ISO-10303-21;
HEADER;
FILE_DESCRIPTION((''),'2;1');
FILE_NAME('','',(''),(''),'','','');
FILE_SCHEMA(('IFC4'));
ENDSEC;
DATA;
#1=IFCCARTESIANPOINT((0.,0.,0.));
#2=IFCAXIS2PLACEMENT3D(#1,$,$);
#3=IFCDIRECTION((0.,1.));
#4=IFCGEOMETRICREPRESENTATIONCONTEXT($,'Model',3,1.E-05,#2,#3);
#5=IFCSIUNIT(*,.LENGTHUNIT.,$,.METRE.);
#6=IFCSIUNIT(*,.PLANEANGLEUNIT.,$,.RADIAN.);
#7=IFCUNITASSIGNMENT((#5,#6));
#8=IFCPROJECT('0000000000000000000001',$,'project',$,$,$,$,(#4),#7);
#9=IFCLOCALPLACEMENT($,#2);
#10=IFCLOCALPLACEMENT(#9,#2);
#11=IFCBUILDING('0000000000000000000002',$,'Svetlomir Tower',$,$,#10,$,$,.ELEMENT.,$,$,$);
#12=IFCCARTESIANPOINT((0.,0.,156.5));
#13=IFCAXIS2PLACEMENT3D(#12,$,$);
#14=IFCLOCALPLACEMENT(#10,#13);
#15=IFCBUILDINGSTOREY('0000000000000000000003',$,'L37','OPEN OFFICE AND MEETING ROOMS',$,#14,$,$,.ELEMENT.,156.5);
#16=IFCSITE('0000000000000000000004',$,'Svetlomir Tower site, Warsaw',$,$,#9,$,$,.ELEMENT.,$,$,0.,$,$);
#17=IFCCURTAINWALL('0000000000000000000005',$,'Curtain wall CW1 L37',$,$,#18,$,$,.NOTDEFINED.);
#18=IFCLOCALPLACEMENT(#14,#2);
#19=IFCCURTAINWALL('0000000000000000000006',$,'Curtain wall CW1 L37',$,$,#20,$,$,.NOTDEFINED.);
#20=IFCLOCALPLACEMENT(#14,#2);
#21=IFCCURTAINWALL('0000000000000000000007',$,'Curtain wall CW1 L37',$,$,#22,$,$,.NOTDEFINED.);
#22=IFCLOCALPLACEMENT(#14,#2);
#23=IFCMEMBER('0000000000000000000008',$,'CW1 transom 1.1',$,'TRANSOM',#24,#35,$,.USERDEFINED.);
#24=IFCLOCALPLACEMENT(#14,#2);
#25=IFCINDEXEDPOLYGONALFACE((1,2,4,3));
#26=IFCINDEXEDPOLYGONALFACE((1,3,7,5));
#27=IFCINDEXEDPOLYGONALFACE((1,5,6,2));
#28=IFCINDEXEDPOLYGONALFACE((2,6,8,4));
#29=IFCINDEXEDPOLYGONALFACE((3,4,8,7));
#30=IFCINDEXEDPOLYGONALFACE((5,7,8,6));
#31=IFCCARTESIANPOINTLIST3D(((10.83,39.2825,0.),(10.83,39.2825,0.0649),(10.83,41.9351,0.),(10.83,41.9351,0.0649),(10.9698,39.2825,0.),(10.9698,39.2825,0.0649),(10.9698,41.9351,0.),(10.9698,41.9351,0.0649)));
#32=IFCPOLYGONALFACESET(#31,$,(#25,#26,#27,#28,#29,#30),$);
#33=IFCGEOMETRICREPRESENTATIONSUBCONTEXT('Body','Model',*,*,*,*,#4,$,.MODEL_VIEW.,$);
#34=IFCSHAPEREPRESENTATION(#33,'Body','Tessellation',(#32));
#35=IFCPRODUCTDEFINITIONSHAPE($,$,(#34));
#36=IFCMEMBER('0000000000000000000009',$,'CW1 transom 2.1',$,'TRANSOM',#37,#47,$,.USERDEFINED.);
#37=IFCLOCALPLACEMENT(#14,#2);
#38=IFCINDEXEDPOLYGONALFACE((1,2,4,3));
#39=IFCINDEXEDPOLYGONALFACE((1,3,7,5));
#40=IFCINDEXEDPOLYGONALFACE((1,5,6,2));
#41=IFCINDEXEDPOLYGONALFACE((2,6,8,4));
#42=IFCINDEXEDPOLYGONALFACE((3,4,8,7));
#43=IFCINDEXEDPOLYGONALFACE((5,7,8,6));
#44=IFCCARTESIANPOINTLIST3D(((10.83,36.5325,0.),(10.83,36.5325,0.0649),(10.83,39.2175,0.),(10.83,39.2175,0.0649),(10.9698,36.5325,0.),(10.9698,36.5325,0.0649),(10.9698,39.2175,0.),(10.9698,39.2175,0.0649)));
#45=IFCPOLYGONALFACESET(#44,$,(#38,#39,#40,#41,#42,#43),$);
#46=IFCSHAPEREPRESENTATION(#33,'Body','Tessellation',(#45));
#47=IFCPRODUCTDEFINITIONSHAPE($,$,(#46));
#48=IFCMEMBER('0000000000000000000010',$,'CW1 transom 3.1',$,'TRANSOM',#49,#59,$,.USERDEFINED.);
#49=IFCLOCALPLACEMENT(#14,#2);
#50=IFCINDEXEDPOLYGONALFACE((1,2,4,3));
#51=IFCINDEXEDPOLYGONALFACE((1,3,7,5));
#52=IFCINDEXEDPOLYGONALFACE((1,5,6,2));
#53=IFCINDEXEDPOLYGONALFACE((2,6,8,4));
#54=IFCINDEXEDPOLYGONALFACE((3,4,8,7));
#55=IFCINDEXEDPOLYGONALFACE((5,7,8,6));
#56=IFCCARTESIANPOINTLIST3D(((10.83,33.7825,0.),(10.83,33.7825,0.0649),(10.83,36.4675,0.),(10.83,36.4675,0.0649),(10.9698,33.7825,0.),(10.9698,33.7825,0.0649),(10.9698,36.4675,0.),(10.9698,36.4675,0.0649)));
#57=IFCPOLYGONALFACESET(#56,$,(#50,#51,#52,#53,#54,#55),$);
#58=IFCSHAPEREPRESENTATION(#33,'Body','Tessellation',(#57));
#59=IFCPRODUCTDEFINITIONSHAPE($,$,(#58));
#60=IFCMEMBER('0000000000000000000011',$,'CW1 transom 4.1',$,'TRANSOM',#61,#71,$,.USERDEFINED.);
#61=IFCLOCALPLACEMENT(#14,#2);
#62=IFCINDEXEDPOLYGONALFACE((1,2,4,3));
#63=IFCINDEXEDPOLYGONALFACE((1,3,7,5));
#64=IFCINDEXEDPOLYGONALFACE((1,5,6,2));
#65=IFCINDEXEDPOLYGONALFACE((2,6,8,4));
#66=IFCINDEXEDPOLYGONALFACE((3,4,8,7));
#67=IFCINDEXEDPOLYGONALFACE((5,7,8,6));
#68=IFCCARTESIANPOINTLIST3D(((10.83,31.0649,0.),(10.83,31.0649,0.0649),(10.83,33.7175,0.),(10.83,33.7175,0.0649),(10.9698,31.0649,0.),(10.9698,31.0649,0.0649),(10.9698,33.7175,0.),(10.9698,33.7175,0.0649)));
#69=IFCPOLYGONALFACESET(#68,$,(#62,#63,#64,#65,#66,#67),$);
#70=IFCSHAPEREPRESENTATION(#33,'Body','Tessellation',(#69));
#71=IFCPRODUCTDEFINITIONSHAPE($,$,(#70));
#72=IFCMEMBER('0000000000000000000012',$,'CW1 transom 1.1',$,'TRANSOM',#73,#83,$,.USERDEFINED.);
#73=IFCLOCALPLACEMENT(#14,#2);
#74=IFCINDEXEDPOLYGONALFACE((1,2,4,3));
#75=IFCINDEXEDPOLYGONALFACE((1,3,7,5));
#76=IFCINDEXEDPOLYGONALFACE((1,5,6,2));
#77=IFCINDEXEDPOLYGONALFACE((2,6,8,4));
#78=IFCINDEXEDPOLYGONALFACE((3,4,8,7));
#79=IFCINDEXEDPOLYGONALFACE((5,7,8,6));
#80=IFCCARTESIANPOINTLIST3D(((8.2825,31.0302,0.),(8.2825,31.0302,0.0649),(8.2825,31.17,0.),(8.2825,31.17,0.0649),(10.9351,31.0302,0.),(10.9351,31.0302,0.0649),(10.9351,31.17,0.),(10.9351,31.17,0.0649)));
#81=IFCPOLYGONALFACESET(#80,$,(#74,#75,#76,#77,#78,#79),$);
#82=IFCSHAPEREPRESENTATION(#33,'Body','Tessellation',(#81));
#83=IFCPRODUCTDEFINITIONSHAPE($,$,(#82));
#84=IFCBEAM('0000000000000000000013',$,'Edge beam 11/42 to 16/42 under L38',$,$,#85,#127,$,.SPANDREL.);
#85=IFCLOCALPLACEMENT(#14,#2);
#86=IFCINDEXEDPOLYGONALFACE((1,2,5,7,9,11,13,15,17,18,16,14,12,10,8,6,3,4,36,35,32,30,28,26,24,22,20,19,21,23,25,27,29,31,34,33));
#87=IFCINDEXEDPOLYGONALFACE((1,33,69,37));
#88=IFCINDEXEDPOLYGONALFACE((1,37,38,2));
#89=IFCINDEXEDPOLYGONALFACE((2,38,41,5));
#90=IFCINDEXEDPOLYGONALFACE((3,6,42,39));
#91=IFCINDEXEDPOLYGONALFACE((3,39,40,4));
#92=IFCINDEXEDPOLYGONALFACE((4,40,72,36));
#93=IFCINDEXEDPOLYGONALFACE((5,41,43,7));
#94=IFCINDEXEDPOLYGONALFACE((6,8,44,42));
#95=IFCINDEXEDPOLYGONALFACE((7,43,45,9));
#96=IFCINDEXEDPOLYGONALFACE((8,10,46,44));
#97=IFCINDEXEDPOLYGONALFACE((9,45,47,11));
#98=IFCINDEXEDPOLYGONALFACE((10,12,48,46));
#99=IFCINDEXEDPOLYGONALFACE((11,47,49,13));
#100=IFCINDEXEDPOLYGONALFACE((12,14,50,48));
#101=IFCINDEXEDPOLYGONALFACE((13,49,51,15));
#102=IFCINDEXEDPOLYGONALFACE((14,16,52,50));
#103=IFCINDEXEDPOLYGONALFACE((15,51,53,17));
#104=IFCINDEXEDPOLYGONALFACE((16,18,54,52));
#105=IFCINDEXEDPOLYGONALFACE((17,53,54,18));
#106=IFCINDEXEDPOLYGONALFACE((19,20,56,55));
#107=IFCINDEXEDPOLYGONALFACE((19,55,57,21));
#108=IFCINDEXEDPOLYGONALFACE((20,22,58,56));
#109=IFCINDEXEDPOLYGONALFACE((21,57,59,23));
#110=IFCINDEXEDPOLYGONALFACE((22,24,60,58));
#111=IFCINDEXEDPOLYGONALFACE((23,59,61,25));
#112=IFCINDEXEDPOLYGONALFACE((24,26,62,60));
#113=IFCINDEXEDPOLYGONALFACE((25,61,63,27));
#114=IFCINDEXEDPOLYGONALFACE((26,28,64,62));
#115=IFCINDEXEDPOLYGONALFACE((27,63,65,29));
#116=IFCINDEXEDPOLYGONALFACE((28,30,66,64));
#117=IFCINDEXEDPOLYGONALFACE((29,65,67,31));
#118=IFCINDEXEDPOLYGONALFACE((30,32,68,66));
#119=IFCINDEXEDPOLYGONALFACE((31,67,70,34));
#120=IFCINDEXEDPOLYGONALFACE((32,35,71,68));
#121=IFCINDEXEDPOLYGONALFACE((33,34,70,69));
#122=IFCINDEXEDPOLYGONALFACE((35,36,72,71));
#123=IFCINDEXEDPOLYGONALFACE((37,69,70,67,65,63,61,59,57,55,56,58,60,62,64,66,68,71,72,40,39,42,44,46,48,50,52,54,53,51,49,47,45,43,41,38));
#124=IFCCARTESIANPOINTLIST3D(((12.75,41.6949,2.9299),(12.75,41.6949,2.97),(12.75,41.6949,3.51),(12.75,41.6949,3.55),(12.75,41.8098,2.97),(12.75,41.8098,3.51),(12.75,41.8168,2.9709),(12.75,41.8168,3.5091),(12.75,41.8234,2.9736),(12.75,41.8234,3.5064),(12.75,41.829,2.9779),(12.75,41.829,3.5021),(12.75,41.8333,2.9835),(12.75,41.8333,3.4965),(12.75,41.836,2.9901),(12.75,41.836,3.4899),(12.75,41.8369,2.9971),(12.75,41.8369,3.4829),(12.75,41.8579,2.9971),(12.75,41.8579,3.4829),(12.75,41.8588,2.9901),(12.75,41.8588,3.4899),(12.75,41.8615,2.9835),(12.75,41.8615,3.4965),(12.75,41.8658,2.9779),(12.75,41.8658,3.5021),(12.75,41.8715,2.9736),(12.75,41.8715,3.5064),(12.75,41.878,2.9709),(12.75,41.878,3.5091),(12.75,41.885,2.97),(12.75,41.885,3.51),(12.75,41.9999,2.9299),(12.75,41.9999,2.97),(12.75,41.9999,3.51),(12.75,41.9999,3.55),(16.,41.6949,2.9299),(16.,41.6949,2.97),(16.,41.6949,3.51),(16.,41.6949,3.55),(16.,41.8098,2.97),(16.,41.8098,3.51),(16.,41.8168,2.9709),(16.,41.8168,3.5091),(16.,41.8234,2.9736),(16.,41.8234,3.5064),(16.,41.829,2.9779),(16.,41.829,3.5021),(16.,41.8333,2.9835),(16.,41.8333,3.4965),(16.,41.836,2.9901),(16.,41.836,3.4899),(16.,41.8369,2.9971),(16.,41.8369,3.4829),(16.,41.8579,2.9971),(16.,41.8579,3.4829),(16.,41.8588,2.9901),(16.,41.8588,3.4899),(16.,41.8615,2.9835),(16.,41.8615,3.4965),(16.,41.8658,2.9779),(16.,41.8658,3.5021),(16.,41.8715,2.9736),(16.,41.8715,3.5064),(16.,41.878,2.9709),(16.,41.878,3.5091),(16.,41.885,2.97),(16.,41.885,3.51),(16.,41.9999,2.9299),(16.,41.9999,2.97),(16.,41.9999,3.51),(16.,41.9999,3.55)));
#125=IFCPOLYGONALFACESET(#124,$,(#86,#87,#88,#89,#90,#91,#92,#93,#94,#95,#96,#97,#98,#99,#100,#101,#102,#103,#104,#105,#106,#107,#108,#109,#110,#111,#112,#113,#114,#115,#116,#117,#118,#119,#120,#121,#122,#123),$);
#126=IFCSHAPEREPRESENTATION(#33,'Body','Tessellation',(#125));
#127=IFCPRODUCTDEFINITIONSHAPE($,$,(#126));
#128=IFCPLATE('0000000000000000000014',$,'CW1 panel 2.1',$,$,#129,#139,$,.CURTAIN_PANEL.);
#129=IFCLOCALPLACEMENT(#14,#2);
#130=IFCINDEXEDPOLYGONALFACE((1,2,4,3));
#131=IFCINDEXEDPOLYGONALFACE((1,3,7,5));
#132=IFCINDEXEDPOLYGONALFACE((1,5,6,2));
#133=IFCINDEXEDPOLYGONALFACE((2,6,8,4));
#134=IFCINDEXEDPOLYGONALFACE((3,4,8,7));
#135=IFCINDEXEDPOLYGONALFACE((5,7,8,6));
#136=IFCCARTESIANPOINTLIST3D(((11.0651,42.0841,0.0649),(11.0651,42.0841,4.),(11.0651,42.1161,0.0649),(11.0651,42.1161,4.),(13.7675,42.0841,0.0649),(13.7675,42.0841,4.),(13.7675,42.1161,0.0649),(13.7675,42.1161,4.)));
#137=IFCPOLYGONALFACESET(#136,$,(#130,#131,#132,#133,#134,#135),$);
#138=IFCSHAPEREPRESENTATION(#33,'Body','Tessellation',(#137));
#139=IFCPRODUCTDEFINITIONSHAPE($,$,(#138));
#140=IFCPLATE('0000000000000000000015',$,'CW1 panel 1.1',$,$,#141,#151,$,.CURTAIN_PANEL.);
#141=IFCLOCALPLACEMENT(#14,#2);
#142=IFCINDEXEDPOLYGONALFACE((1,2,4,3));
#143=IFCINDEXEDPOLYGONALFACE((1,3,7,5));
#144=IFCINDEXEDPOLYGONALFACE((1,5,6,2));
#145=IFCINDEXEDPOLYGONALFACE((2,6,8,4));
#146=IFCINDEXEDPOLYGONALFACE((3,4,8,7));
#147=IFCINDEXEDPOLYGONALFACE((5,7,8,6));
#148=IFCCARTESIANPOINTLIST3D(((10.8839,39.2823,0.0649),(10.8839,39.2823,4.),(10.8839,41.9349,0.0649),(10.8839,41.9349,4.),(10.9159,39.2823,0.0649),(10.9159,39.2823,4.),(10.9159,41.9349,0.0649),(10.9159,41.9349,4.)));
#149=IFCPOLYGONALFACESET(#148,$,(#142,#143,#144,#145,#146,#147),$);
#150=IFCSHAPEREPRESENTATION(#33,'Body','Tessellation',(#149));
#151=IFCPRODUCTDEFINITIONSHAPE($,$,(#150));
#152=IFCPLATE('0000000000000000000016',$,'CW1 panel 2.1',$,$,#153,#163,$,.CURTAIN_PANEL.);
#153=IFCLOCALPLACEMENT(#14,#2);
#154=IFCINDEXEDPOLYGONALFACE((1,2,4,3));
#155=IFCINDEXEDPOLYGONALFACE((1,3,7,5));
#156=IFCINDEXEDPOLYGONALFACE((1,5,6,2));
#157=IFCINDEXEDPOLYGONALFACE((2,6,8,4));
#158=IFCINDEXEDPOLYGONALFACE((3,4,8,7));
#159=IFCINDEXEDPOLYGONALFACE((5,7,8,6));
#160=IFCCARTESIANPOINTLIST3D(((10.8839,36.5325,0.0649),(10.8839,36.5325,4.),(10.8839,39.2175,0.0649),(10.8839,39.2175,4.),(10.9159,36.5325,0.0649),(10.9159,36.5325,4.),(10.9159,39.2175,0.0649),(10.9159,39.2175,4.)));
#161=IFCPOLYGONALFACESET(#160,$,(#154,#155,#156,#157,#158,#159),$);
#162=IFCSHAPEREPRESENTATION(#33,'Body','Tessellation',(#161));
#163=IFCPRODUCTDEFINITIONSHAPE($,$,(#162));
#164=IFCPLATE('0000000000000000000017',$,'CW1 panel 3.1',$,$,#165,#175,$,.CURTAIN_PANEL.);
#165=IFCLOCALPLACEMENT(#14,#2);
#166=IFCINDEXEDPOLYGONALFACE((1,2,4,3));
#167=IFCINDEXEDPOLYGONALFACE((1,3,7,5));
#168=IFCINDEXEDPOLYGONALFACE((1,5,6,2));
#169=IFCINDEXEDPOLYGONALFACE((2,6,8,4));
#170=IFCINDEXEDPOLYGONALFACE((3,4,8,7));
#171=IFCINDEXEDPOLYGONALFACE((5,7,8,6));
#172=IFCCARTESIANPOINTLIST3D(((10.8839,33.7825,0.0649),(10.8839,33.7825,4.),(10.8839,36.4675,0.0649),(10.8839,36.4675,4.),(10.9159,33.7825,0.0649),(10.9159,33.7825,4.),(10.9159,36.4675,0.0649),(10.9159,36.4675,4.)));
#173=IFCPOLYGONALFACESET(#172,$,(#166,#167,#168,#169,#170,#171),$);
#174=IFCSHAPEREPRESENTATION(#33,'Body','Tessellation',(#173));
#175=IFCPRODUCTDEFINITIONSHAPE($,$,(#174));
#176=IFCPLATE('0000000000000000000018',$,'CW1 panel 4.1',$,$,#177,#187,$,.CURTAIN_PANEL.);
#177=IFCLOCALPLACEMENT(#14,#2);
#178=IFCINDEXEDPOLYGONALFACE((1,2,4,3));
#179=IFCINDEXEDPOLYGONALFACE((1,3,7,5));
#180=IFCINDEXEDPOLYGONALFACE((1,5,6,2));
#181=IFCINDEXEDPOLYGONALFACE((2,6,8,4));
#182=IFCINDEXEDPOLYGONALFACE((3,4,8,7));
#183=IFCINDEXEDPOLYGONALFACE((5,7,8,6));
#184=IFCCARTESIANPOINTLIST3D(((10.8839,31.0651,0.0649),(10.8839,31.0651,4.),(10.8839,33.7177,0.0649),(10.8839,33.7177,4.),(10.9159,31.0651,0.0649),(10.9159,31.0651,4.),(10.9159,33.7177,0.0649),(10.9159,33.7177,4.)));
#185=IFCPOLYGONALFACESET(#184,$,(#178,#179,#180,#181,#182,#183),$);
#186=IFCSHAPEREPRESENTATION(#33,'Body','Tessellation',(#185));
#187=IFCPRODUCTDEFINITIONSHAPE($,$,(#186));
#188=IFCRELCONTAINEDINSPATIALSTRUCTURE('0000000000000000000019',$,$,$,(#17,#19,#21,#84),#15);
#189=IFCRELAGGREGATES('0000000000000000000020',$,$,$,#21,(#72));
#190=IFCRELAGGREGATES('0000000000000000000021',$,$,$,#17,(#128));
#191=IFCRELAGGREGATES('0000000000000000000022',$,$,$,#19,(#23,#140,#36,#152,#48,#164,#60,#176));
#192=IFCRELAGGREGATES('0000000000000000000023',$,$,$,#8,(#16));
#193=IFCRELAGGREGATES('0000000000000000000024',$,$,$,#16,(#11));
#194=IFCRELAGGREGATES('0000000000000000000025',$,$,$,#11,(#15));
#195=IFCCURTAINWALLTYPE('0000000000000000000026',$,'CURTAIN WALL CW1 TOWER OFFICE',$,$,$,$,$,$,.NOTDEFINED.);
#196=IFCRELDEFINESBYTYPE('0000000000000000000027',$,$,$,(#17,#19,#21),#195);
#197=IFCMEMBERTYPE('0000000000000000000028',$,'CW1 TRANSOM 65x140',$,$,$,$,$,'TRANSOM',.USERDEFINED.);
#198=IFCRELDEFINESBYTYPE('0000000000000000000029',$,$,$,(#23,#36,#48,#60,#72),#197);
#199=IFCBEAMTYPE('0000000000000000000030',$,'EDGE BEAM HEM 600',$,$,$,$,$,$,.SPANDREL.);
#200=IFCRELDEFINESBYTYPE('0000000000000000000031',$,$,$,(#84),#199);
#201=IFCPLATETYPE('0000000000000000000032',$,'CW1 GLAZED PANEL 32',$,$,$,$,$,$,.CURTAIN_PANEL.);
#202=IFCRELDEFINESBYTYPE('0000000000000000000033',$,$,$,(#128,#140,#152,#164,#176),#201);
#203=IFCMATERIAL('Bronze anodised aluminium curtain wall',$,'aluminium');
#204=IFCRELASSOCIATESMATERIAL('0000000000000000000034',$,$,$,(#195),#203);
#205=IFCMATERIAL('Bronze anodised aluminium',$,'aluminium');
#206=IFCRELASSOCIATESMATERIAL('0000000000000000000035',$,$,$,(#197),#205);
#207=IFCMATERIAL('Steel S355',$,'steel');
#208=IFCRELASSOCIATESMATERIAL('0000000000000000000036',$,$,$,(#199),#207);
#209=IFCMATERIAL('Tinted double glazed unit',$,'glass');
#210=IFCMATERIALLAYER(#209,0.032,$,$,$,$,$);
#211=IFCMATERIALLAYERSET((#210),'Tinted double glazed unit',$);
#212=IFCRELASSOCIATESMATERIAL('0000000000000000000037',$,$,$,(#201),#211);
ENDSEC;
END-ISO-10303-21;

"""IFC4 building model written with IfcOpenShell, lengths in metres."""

from ifc_helpers import new_model, si_unit, direction, frame, origin, origin_2d, place, context, subcontext, project, spatial, rectangle, i_section, extrude, material, layer, layer_set, material_profile, profile_set, type_object, element, aggregate, save


model = new_model("IFC4")

# Units and contexts
model_context = context("Model", 3, precision=1e-05, world=origin(), true_north=direction((0.0, 1.0)))
body_context = subcontext(model_context, "Body", "Model", "MODEL_VIEW")
ifc_project = project(units=[si_unit("LENGTHUNIT", "METRE"), si_unit("PLANEANGLEUNIT", "RADIAN")], contexts=[model_context])

# Site, building, storey
site_placement = place(None, origin())
site = spatial("IfcSite", under=ifc_project, at=site_placement, Name="Svetlomir Tower site, Warsaw", CompositionType="ELEMENT", RefElevation=0.0)
building_placement = place(site_placement, origin())
building = spatial("IfcBuilding", under=site, at=building_placement, Name="Svetlomir Tower", CompositionType="ELEMENT")
storey_placement = place(building_placement, frame((0.0, 0.0, 156.5)))
storey = spatial("IfcBuildingStorey", under=building, at=storey_placement, Name="L37", Description="OPEN OFFICE AND MEETING ROOMS", CompositionType="ELEMENT", Elevation=156.5)

# Curtain wall
ifc_material_1 = material(Name="Bronze anodised aluminium curtain wall", Category="aluminium")
curtain_wall_type = type_object("IfcCurtainWallType", Name="CURTAIN WALL CW1 TOWER OFFICE", PredefinedType="NOTDEFINED", material=ifc_material_1)
curtain_wall_1_placement = place(storey_placement, origin())
curtain_wall_1 = element("IfcCurtainWall", 1, at=curtain_wall_1_placement, inside=storey, type_object=curtain_wall_type, Name="Curtain wall CW1 L37", PredefinedType="NOTDEFINED")

# Curtain walls
curtain_wall_2_placement = place(storey_placement, origin())
curtain_wall_2 = element("IfcCurtainWall", 2, at=curtain_wall_2_placement, inside=storey, type_object=curtain_wall_type, Name="Curtain wall CW1 L37", PredefinedType="NOTDEFINED")
curtain_wall_3_placement = place(storey_placement, origin())
curtain_wall_3 = element("IfcCurtainWall", 3, at=curtain_wall_3_placement, inside=storey, type_object=curtain_wall_type, Name="Curtain wall CW1 L37", PredefinedType="NOTDEFINED")

# Members
ifc_material_2 = material(Name="Bronze anodised aluminium", Category="aluminium")
ifc_material_profile_1 = material_profile(ifc_material_2, rectangle(XDim=0.1399, YDim=0.0649, at=origin_2d()), Name="AL 140x65")
ifc_profile_set_1 = profile_set([ifc_material_profile_1], Name="Bronze anodised aluminium 6063-T6")
member_type_1 = type_object("IfcMemberType", Name="CW1 TRANSOM 65x140", ElementType="TRANSOM", PredefinedType="USERDEFINED", material=ifc_profile_set_1)
member_1_placement = place(storey_placement, frame((10.8999, 41.9351, 0.0325), z_axis=(0.0, -1.0, 0.0), x_axis=(1.0, 0.0, 0.0)))
member_1 = element("IfcMember", 4, at=member_1_placement, type_object=member_type_1, Name="CW1 transom 1.1", ObjectType="TRANSOM", PredefinedType="USERDEFINED", context=body_context, shape_type="SweptSolid", body=[
    extrude(rectangle(XDim=0.1399, YDim=0.0649, at=origin_2d()), origin(), (0.0, 0.0, 1.0), 2.6526),
])
member_2_placement = place(storey_placement, frame((10.8999, 39.2175, 0.0325), z_axis=(0.0, -1.0, 0.0), x_axis=(1.0, 0.0, 0.0)))
member_2 = element("IfcMember", 5, at=member_2_placement, type_object=member_type_1, Name="CW1 transom 2.1", ObjectType="TRANSOM", PredefinedType="USERDEFINED", context=body_context, shape_type="SweptSolid", body=[
    extrude(rectangle(XDim=0.1399, YDim=0.0649, at=origin_2d()), origin(), (0.0, 0.0, 1.0), 2.6851),
])
member_3_placement = place(storey_placement, frame((10.8999, 36.4675, 0.0325), z_axis=(0.0, -1.0, 0.0), x_axis=(1.0, 0.0, 0.0)))
member_3 = element("IfcMember", 6, at=member_3_placement, type_object=member_type_1, Name="CW1 transom 3.1", ObjectType="TRANSOM", PredefinedType="USERDEFINED", context=body_context, shape_type="SweptSolid", body=[
    extrude(rectangle(XDim=0.1399, YDim=0.0649, at=origin_2d()), origin(), (0.0, 0.0, 1.0), 2.6851),
])
member_4_placement = place(storey_placement, frame((10.8999, 33.7175, 0.0325), z_axis=(0.0, -1.0, 0.0), x_axis=(1.0, 0.0, 0.0)))
member_4 = element("IfcMember", 7, at=member_4_placement, type_object=member_type_1, Name="CW1 transom 4.1", ObjectType="TRANSOM", PredefinedType="USERDEFINED", context=body_context, shape_type="SweptSolid", body=[
    extrude(rectangle(XDim=0.1399, YDim=0.0649, at=origin_2d()), origin(), (0.0, 0.0, 1.0), 2.6526),
])
member_5_placement = place(storey_placement, frame((10.9351, 31.1001, 0.0325), z_axis=(-1.0, 0.0, 0.0), x_axis=(0.0, -1.0, 0.0)))
member_5 = element("IfcMember", 8, at=member_5_placement, type_object=member_type_1, Name="CW1 transom 1.1", ObjectType="TRANSOM", PredefinedType="USERDEFINED", context=body_context, shape_type="SweptSolid", body=[
    extrude(rectangle(XDim=0.1399, YDim=0.0649, at=origin_2d()), origin(), (0.0, 0.0, 1.0), 2.6526),
])
aggregate(curtain_wall_3, [member_5])

# Beam
ifc_material_3 = material(Name="Steel S355", Category="steel")
ifc_material_profile_2 = material_profile(ifc_material_3, i_section(OverallWidth=0.3049, OverallDepth=0.6201, WebThickness=0.021, FlangeThickness=0.04, FilletRadius=0.0271, at=origin_2d()), Name="HEM 600")
ifc_profile_set_2 = profile_set([ifc_material_profile_2], Name="Steel S355")
beam_type = type_object("IfcBeamType", Name="EDGE BEAM HEM 600", PredefinedType="SPANDREL", material=ifc_profile_set_2)
beam_placement = place(storey_placement, frame((12.75, 41.8474, 3.24), z_axis=(1.0, 0.0, 0.0), x_axis=(0.0, 1.0, 0.0)))
element("IfcBeam", 9, at=beam_placement, inside=storey, type_object=beam_type, Name="Edge beam 11/42 to 16/42 under L38", PredefinedType="SPANDREL", context=body_context, shape_type="SweptSolid", body=[
    extrude(i_section(OverallWidth=0.3049, OverallDepth=0.6201, WebThickness=0.021, FlangeThickness=0.04, FilletRadius=0.0271, at=origin_2d()), origin(), (0.0, 0.0, 1.0), 3.25),
])

# Plates
ifc_material_4 = material(Name="Tinted double glazed unit", Category="glass")
ifc_layer_1 = layer(ifc_material_4, 0.032)
ifc_layer_set_1 = layer_set([ifc_layer_1], Name="Tinted double glazed unit")
plate_type = type_object("IfcPlateType", Name="CW1 GLAZED PANEL 32", PredefinedType="CURTAIN_PANEL", material=ifc_layer_set_1)
plate_1_placement = place(storey_placement, frame((12.4163, 42.1001, 0.0649), z_axis=(0.0, 0.0, 1.0), x_axis=(-1.0, 0.0, 0.0)))
plate_1 = element("IfcPlate", 10, at=plate_1_placement, type_object=plate_type, Name="CW1 panel 2.1", PredefinedType="CURTAIN_PANEL", context=body_context, shape_type="SweptSolid", body=[
    extrude(rectangle(XDim=2.7024, YDim=0.032, at=origin_2d()), origin(), (0.0, 0.0, 1.0), 3.9351),
])
aggregate(curtain_wall_1, [plate_1])
plate_2_placement = place(storey_placement, frame((10.8999, 40.6086, 0.0649), z_axis=(0.0, 0.0, 1.0), x_axis=(0.0, -1.0, 0.0)))
plate_2 = element("IfcPlate", 11, at=plate_2_placement, type_object=plate_type, Name="CW1 panel 1.1", PredefinedType="CURTAIN_PANEL", context=body_context, shape_type="SweptSolid", body=[
    extrude(rectangle(XDim=2.6526, YDim=0.032, at=origin_2d()), origin(), (0.0, 0.0, 1.0), 3.9351),
])
plate_3_placement = place(storey_placement, frame((10.8999, 37.875, 0.0649), z_axis=(0.0, 0.0, 1.0), x_axis=(0.0, -1.0, 0.0)))
plate_3 = element("IfcPlate", 12, at=plate_3_placement, type_object=plate_type, Name="CW1 panel 2.1", PredefinedType="CURTAIN_PANEL", context=body_context, shape_type="SweptSolid", body=[
    extrude(rectangle(XDim=2.6851, YDim=0.032, at=origin_2d()), origin(), (0.0, 0.0, 1.0), 3.9351),
])
plate_4_placement = place(storey_placement, frame((10.8999, 35.125, 0.0649), z_axis=(0.0, 0.0, 1.0), x_axis=(0.0, -1.0, 0.0)))
plate_4 = element("IfcPlate", 13, at=plate_4_placement, type_object=plate_type, Name="CW1 panel 3.1", PredefinedType="CURTAIN_PANEL", context=body_context, shape_type="SweptSolid", body=[
    extrude(rectangle(XDim=2.6851, YDim=0.032, at=origin_2d()), origin(), (0.0, 0.0, 1.0), 3.9351),
])
plate_5_placement = place(storey_placement, frame((10.8999, 32.3914, 0.0649), z_axis=(0.0, 0.0, 1.0), x_axis=(0.0, -1.0, 0.0)))
plate_5 = element("IfcPlate", 14, at=plate_5_placement, type_object=plate_type, Name="CW1 panel 4.1", PredefinedType="CURTAIN_PANEL", context=body_context, shape_type="SweptSolid", body=[
    extrude(rectangle(XDim=2.6526, YDim=0.032, at=origin_2d()), origin(), (0.0, 0.0, 1.0), 3.9351),
])
aggregate(curtain_wall_2, [member_1, plate_2, member_2, plate_3, member_3, plate_4, member_4, plate_5])

save(model, "model.ifc")
